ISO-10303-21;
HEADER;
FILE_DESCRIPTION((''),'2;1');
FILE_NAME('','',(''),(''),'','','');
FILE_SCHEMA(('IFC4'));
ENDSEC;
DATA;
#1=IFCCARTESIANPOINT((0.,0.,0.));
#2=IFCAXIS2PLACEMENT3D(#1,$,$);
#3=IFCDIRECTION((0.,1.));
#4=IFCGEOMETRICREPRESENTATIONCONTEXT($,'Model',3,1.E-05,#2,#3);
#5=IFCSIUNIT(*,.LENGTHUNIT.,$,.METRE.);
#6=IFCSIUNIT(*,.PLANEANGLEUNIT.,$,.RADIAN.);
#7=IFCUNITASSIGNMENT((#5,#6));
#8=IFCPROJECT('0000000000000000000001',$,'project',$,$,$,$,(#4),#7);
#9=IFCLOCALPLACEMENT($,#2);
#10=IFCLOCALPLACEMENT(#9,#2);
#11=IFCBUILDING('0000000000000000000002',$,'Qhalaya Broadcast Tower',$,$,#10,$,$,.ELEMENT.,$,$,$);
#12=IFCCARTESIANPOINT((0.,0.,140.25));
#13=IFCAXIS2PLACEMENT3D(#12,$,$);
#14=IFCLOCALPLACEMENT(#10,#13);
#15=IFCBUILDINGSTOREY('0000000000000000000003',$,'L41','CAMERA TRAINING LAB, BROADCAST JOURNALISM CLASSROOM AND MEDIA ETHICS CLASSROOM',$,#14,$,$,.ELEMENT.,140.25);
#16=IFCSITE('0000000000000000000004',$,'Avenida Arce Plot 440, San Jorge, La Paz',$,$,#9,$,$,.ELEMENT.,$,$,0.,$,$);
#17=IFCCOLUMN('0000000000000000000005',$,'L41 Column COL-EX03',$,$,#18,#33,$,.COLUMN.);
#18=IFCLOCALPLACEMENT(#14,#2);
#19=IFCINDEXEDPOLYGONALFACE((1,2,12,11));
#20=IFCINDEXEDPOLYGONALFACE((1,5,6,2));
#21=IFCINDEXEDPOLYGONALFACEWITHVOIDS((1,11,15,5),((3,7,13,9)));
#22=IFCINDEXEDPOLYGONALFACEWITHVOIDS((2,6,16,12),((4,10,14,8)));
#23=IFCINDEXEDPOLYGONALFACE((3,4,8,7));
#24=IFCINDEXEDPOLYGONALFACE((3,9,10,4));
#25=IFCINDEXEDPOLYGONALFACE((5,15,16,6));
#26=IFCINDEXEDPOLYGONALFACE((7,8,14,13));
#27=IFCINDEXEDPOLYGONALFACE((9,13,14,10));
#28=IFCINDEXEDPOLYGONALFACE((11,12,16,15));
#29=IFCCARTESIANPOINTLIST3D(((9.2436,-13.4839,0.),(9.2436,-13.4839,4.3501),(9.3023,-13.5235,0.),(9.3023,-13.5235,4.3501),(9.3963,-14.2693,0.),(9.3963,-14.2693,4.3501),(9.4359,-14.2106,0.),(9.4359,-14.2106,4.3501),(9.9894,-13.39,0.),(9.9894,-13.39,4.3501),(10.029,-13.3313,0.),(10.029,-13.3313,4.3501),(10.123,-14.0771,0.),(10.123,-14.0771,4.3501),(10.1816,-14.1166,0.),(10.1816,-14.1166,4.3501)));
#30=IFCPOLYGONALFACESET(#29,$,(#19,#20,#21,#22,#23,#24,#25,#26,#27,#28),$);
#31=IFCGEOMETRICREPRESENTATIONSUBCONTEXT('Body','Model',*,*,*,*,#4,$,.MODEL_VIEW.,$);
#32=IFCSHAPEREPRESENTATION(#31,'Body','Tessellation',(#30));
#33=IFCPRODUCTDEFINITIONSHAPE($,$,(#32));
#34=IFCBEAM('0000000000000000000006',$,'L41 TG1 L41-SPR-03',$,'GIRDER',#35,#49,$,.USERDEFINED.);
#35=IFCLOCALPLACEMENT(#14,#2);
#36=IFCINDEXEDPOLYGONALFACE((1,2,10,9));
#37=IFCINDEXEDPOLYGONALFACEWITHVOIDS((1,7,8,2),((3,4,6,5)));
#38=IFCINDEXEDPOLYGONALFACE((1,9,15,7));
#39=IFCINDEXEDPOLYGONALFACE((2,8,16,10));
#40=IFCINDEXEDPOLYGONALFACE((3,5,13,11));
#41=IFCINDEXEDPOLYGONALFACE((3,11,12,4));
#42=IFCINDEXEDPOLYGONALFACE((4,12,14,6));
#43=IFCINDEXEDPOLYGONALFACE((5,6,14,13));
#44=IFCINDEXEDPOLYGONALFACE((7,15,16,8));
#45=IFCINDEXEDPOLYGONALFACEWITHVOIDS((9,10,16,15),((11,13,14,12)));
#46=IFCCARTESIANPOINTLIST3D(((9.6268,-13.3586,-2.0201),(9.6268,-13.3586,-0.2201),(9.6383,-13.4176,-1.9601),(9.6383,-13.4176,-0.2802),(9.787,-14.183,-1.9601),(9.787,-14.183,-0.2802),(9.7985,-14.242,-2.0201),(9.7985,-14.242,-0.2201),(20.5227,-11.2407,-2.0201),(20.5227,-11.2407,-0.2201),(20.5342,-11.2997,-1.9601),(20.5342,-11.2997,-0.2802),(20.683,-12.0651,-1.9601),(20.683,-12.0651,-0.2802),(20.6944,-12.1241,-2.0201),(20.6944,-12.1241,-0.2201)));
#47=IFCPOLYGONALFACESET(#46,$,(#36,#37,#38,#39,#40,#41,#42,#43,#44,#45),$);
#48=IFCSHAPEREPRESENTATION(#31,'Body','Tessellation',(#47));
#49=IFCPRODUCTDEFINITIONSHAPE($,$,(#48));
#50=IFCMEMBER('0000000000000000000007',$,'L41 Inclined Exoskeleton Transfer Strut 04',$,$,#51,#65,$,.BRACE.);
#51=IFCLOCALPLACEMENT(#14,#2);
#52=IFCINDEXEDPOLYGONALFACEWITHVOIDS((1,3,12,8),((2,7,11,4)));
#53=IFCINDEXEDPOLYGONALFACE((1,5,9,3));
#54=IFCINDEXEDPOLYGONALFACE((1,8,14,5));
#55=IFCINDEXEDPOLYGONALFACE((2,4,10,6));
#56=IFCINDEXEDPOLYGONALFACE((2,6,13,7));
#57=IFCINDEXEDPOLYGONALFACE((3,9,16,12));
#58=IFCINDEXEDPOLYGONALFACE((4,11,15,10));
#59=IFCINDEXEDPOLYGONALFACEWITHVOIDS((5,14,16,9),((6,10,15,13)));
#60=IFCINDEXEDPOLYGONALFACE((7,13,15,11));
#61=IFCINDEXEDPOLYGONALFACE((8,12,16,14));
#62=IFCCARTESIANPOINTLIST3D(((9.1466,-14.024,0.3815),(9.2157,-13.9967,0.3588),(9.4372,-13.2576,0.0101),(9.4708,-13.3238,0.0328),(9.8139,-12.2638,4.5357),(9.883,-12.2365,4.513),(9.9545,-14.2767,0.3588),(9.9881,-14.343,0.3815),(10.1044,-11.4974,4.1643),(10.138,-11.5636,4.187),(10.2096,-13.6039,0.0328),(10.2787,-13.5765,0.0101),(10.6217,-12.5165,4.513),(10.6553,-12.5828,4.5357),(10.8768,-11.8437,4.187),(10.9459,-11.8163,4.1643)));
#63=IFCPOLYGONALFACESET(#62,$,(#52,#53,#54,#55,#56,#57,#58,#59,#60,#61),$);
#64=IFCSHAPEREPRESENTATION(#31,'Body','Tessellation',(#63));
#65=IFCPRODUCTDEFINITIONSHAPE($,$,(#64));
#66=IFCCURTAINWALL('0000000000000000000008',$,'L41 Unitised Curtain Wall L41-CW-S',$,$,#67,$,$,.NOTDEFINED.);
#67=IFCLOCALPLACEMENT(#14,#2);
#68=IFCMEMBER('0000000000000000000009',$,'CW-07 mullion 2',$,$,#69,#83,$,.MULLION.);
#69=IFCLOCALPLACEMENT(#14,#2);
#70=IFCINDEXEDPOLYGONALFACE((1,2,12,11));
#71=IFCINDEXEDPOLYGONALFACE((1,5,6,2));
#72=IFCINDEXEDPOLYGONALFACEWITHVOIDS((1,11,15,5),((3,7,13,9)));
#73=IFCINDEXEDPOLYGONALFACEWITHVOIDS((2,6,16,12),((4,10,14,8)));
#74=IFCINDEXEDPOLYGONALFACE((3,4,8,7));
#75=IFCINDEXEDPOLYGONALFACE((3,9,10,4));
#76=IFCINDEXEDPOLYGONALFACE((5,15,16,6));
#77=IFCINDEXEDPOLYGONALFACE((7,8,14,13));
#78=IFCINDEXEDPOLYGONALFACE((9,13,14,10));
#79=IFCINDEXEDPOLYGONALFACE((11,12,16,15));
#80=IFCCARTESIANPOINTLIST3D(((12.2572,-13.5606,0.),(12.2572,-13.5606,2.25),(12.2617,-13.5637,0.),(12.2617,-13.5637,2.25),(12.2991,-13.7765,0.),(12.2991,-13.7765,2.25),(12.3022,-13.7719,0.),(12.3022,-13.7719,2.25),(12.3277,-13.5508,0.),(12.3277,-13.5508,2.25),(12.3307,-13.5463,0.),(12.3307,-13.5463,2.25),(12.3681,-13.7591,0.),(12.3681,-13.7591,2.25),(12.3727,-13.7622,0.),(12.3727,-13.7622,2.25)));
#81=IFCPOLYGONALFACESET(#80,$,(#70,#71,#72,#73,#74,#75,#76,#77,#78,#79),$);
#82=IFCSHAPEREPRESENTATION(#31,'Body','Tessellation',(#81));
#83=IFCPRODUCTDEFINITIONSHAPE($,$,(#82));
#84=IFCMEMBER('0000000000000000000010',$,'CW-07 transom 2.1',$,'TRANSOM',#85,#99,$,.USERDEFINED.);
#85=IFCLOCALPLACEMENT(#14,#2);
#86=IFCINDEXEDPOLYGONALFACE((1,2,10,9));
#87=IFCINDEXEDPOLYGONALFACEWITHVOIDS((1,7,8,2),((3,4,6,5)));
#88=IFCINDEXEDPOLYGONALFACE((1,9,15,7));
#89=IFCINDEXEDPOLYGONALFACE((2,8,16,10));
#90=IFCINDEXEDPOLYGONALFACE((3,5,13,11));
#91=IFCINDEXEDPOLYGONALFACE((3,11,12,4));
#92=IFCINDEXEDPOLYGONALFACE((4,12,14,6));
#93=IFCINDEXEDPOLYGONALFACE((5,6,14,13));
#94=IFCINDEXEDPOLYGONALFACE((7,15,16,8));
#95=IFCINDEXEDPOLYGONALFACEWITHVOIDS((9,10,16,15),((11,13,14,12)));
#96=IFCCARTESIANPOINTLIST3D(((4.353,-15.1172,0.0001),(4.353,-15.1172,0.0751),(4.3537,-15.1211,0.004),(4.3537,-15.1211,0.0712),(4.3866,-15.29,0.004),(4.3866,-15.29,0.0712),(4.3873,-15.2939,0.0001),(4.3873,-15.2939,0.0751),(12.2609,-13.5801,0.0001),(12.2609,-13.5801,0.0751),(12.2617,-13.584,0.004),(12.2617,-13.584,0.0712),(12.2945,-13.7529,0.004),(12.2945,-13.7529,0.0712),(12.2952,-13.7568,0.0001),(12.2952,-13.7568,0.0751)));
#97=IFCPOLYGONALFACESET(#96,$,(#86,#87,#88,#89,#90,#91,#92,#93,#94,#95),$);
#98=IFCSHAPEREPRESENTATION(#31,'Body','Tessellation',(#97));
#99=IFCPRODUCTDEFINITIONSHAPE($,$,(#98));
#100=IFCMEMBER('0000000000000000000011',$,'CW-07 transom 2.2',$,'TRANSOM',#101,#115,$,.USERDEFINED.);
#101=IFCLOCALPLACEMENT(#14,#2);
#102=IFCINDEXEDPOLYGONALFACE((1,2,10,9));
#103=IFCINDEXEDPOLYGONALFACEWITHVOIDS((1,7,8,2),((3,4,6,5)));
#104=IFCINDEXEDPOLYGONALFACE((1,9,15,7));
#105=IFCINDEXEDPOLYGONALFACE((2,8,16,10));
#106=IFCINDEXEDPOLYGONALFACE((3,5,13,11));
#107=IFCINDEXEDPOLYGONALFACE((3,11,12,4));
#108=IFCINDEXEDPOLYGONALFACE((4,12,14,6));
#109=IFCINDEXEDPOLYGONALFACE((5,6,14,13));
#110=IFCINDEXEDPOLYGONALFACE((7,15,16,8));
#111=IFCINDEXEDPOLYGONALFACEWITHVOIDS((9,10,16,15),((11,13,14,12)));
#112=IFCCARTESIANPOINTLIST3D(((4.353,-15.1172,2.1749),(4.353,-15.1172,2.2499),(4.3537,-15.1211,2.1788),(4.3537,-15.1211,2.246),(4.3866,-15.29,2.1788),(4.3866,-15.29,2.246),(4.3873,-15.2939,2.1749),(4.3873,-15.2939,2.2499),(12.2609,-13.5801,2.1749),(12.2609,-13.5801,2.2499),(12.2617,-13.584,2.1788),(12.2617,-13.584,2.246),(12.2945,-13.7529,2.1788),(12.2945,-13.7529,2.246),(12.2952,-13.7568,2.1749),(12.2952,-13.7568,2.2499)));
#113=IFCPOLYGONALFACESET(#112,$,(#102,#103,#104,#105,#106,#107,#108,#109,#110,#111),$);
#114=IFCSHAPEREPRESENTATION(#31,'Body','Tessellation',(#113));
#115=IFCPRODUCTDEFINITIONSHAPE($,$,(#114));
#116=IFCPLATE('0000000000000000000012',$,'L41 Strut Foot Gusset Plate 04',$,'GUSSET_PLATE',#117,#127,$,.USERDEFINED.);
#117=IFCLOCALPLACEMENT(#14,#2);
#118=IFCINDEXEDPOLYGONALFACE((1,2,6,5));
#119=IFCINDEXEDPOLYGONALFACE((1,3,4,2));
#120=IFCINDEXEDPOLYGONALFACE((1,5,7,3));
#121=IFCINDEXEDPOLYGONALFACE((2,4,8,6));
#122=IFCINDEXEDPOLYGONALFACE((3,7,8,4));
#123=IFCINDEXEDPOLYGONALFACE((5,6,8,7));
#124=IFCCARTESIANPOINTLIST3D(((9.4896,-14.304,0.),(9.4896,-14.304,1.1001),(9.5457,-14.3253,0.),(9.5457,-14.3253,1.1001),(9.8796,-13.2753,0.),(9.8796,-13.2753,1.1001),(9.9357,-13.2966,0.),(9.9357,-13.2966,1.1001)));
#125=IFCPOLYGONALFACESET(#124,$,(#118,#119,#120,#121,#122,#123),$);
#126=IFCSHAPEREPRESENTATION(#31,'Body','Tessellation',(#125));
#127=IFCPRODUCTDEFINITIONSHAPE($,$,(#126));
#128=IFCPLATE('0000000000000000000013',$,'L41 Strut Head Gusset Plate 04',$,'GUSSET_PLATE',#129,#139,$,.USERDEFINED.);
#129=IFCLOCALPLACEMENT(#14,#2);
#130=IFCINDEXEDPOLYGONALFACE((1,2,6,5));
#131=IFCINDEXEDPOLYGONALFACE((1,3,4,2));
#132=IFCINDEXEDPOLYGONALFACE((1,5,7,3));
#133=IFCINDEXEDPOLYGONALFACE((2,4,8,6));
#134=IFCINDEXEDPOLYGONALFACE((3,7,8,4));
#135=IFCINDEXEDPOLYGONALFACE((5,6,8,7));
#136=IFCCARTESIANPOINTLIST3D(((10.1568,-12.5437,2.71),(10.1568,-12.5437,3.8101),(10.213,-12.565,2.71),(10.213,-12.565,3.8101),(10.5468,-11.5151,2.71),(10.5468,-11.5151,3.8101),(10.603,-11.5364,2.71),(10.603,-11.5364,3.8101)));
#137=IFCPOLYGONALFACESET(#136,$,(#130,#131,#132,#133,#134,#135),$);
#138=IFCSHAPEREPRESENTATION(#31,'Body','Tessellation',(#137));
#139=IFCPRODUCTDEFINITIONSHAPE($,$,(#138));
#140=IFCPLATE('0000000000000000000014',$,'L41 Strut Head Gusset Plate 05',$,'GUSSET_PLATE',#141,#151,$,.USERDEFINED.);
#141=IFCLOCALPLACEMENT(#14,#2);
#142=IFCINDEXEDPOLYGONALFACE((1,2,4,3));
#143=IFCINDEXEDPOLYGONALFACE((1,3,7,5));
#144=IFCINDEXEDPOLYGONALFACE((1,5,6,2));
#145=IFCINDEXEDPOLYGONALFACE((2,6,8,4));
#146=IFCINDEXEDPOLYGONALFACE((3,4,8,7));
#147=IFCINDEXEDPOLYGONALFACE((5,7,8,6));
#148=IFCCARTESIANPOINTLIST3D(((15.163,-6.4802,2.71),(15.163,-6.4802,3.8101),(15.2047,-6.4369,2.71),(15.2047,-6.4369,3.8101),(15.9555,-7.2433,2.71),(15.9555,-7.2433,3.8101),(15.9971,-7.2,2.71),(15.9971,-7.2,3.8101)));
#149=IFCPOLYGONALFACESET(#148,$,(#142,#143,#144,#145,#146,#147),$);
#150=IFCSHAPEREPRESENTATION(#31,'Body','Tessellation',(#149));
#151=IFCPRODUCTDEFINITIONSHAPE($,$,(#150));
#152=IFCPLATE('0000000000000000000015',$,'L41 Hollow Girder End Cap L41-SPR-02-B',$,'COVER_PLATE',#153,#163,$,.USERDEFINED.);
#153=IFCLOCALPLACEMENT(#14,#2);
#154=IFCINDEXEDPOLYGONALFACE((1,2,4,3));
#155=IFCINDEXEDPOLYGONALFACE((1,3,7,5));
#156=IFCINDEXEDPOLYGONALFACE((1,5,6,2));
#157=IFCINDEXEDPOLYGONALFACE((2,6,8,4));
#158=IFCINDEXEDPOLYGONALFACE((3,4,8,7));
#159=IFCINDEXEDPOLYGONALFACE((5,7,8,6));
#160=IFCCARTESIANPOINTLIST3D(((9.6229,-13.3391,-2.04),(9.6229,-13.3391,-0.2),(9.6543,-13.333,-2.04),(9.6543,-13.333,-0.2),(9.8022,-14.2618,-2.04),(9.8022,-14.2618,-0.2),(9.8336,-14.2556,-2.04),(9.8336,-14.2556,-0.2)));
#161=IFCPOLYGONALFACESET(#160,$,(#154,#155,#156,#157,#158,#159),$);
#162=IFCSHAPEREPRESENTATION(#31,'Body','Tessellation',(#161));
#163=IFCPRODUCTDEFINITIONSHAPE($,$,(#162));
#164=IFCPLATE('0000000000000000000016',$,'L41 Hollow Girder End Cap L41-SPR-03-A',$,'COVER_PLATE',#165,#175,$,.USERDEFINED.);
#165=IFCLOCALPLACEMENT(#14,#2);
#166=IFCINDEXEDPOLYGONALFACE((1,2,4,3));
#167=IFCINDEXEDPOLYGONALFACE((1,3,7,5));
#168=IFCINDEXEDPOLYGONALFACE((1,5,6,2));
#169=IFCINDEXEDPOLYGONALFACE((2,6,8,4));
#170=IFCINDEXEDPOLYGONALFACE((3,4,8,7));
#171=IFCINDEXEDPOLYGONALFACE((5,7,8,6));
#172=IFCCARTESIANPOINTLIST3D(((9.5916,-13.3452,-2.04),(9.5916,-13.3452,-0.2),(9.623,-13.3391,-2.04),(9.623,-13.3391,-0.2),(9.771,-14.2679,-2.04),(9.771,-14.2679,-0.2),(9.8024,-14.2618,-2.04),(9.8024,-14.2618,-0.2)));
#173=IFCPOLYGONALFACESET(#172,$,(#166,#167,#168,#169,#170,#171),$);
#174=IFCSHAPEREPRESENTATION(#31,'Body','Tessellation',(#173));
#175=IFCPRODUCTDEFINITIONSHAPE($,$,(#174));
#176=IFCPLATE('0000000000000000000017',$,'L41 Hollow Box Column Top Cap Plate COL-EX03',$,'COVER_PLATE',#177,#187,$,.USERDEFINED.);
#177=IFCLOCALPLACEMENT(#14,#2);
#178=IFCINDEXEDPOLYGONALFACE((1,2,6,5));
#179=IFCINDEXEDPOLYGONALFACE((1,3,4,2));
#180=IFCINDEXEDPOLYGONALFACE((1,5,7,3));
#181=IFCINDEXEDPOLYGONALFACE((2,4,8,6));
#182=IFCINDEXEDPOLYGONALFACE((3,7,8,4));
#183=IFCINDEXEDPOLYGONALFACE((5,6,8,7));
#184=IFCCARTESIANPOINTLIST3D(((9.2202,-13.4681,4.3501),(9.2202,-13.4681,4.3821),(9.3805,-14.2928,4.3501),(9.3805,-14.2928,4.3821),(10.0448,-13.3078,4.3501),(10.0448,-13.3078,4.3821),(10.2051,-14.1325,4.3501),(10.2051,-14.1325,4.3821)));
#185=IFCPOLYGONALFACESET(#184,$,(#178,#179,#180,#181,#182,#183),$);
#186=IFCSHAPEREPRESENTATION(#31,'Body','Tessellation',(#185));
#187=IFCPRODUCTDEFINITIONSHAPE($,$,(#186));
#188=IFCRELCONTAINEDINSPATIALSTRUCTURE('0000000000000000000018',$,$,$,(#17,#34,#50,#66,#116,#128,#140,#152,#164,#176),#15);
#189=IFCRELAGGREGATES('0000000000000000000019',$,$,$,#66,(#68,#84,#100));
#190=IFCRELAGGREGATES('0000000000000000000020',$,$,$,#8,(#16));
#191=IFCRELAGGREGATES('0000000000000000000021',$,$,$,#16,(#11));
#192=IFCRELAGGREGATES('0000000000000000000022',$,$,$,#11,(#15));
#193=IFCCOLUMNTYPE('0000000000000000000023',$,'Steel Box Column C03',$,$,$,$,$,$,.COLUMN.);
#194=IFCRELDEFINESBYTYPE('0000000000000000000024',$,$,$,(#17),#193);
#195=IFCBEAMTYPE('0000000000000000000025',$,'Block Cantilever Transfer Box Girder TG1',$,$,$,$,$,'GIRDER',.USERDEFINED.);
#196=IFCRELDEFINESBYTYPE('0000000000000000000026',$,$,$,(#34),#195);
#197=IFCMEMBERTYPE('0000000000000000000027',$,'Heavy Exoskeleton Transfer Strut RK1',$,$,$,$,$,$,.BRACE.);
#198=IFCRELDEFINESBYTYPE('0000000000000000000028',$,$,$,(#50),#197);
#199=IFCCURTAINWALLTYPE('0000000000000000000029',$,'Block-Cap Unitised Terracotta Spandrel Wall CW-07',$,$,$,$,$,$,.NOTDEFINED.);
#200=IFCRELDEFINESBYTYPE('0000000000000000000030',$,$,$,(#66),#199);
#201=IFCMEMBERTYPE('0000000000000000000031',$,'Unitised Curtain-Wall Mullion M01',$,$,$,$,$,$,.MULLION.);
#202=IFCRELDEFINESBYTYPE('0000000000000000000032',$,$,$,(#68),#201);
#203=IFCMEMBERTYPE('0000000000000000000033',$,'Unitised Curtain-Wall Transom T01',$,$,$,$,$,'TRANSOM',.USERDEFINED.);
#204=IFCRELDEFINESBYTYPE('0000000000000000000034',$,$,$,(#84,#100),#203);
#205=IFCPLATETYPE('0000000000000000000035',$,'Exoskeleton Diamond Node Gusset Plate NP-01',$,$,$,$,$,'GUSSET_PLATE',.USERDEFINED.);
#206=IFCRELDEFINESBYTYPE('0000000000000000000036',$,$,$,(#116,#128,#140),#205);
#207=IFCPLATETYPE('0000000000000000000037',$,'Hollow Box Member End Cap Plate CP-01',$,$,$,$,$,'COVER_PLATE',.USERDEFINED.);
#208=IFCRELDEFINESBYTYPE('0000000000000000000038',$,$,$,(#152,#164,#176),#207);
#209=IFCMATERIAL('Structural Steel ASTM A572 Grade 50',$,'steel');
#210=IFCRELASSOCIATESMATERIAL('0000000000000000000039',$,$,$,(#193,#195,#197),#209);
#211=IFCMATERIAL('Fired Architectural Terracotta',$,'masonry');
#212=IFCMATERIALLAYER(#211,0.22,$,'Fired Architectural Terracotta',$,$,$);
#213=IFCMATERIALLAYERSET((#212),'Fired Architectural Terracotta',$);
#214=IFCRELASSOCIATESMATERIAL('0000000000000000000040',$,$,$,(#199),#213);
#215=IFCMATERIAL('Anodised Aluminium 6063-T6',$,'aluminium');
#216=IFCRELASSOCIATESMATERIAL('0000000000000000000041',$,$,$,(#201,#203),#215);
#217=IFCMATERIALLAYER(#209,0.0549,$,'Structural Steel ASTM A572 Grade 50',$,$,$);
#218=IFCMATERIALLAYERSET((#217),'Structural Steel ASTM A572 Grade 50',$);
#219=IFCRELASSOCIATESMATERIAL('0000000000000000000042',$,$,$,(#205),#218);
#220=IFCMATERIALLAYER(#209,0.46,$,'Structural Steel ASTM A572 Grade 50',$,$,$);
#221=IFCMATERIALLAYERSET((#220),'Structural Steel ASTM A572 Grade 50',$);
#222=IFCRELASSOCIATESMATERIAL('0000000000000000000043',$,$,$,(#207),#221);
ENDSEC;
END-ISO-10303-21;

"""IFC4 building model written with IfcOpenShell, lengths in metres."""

from ifc_helpers import new_model, si_unit, direction, frame, origin, origin_2d, place, context, subcontext, project, spatial, rectangle, hollow_rectangle, extrude, material, layer, layer_set, material_profile, profile_set, type_object, element, aggregate, save


model = new_model("IFC4")

# Units and contexts
model_context = context("Model", 3, precision=1e-05, world=origin(), true_north=direction((0.0, 1.0)))
body_context = subcontext(model_context, "Body", "Model", "MODEL_VIEW")
ifc_project = project(units=[si_unit("LENGTHUNIT", "METRE"), si_unit("PLANEANGLEUNIT", "RADIAN")], contexts=[model_context])

# Site, building, storey
site_placement = place(None, origin())
site = spatial("IfcSite", under=ifc_project, at=site_placement, Name="Avenida Arce Plot 440, San Jorge, La Paz", CompositionType="ELEMENT", RefElevation=0.0)
building_placement = place(site_placement, origin())
building = spatial("IfcBuilding", under=site, at=building_placement, Name="Qhalaya Broadcast Tower", CompositionType="ELEMENT")
storey_placement = place(building_placement, frame((0.0, 0.0, 140.25)))
storey = spatial("IfcBuildingStorey", under=building, at=storey_placement, Name="L41", Description="CAMERA TRAINING LAB, BROADCAST JOURNALISM CLASSROOM AND MEDIA ETHICS CLASSROOM", CompositionType="ELEMENT", Elevation=140.25)

# Column
ifc_material_1 = material(Name="Structural Steel ASTM A572 Grade 50", Category="steel")
ifc_material_profile_1 = material_profile(ifc_material_1, hollow_rectangle(XDim=0.8, YDim=0.8, WallThickness=0.05, at=origin_2d()), Name="BOX 800x800x50")
ifc_profile_set_1 = profile_set([ifc_material_profile_1], Name="Structural Steel ASTM A572 Grade 50")
column_type = type_object("IfcColumnType", Name="Steel Box Column C03", PredefinedType="COLUMN", material=ifc_profile_set_1)
column_placement = place(storey_placement, frame((9.7126, -13.8003, 0.0), z_axis=(0.0, 0.0, 1.0), x_axis=(0.981627, 0.190809, 0.0)))
element("IfcColumn", 1, at=column_placement, inside=storey, type_object=column_type, Name="L41 Column COL-EX03", PredefinedType="COLUMN", context=body_context, shape_type="SweptSolid", body=[
    extrude(hollow_rectangle(XDim=0.8, YDim=0.8, WallThickness=0.05, at=origin_2d()), origin(), (0.0, 0.0, 1.0), 4.3501),
])

# Beam
ifc_material_profile_2 = material_profile(ifc_material_1, hollow_rectangle(XDim=0.8999, YDim=1.8, WallThickness=0.0601, at=origin_2d()), Name="BOX 900x1800x60")
ifc_profile_set_2 = profile_set([ifc_material_profile_2], Name="Structural Steel ASTM A572 Grade 50")
beam_type = type_object("IfcBeamType", Name="Block Cantilever Transfer Box Girder TG1", ElementType="GIRDER", PredefinedType="USERDEFINED", material=ifc_profile_set_2)
beam_placement = place(storey_placement, frame((9.7126, -13.8003, -1.1201), z_axis=(0.981628, 0.190805, 0.0), x_axis=(-0.190805, 0.981628, 0.0)))
element("IfcBeam", 2, at=beam_placement, inside=storey, type_object=beam_type, Name="L41 TG1 L41-SPR-03", ObjectType="GIRDER", PredefinedType="USERDEFINED", context=body_context, shape_type="SweptSolid", body=[
    extrude(hollow_rectangle(XDim=0.8999, YDim=1.8, WallThickness=0.0601, at=origin_2d()), origin(), (0.0, 0.0, 1.0), 11.0999),
])

# Member
ifc_material_profile_3 = material_profile(ifc_material_1, hollow_rectangle(XDim=0.8999, YDim=0.8999, WallThickness=0.0549, at=origin_2d()), Name="BOX 900x900x55")
ifc_profile_set_3 = profile_set([ifc_material_profile_3], Name="Structural Steel ASTM A572 Grade 50")
member_type_1 = type_object("IfcMemberType", Name="Heavy Exoskeleton Transfer Strut RK1", PredefinedType="BRACE", material=ifc_profile_set_3)
member_1_placement = place(storey_placement, frame((9.7126, -13.8003, 0.1958), z_axis=(0.146295, 0.385944, 0.910849), x_axis=(-0.935076, 0.354447, 0.0)))
element("IfcMember", 3, at=member_1_placement, inside=storey, type_object=member_type_1, Name="L41 Inclined Exoskeleton Transfer Strut 04", PredefinedType="BRACE", context=body_context, shape_type="SweptSolid", body=[
    extrude(hollow_rectangle(XDim=0.8999, YDim=0.8999, WallThickness=0.0549, at=origin_2d()), origin(), (0.0, 0.0, 1.0), 4.5608),
])

# Curtain wall, members
ifc_material_2 = material(Name="Fired Architectural Terracotta", Category="masonry")
ifc_layer_1 = layer(ifc_material_2, 0.22, Name="Fired Architectural Terracotta")
ifc_layer_set_1 = layer_set([ifc_layer_1], Name="Fired Architectural Terracotta")
curtain_wall_type = type_object("IfcCurtainWallType", Name="Block-Cap Unitised Terracotta Spandrel Wall CW-07", PredefinedType="NOTDEFINED", material=ifc_layer_set_1)
curtain_wall_placement = place(storey_placement, origin())
curtain_wall = element("IfcCurtainWall", 4, at=curtain_wall_placement, inside=storey, type_object=curtain_wall_type, Name="L41 Unitised Curtain Wall L41-CW-S", PredefinedType="NOTDEFINED")
ifc_material_3 = material(Name="Anodised Aluminium 6063-T6", Category="aluminium")
ifc_material_profile_4 = material_profile(ifc_material_3, hollow_rectangle(XDim=0.075, YDim=0.22, WallThickness=0.0039, at=origin_2d()), Name="ALU-MUL 75x220x4")
ifc_profile_set_4 = profile_set([ifc_material_profile_4], Name="Anodised Aluminium 6063-T6")
member_type_2 = type_object("IfcMemberType", Name="Unitised Curtain-Wall Mullion M01", PredefinedType="MULLION", material=ifc_profile_set_4)
member_2_placement = place(storey_placement, frame((12.3149, -13.6614, 0.0), z_axis=(0.0, 0.0, 1.0), x_axis=(-0.981627, -0.19081, 0.0)))
member_2 = element("IfcMember", 5, at=member_2_placement, type_object=member_type_2, Name="CW-07 mullion 2", PredefinedType="MULLION", context=body_context, shape_type="SweptSolid", body=[
    extrude(hollow_rectangle(XDim=0.075, YDim=0.22, WallThickness=0.0039, at=origin_2d()), origin(), (0.0, 0.0, 1.0), 2.25),
])
ifc_material_profile_5 = material_profile(ifc_material_3, hollow_rectangle(XDim=0.075, YDim=0.1799, WallThickness=0.0039, at=origin_2d()), Name="ALU-TRN 75x180x4")
ifc_profile_set_5 = profile_set([ifc_material_profile_5], Name="Anodised Aluminium 6063-T6")
member_type_3 = type_object("IfcMemberType", Name="Unitised Curtain-Wall Transom T01", ElementType="TRANSOM", PredefinedType="USERDEFINED", material=ifc_profile_set_5)
member_3_placement = place(storey_placement, frame((12.2781, -13.6685, 0.0376), z_axis=(-0.981628, -0.190804, 0.0), x_axis=(0.0, 0.0, 1.0)))
member_3 = element("IfcMember", 6, at=member_3_placement, type_object=member_type_3, Name="CW-07 transom 2.1", ObjectType="TRANSOM", PredefinedType="USERDEFINED", context=body_context, shape_type="SweptSolid", body=[
    extrude(hollow_rectangle(XDim=0.075, YDim=0.1799, WallThickness=0.0039, at=origin_2d()), origin(), (0.0, 0.0, 1.0), 8.0559),
])
member_4_placement = place(storey_placement, frame((12.2781, -13.6685, 2.2124), z_axis=(-0.981628, -0.190804, 0.0), x_axis=(0.0, 0.0, 1.0)))
member_4 = element("IfcMember", 7, at=member_4_placement, type_object=member_type_3, Name="CW-07 transom 2.2", ObjectType="TRANSOM", PredefinedType="USERDEFINED", context=body_context, shape_type="SweptSolid", body=[
    extrude(hollow_rectangle(XDim=0.075, YDim=0.1799, WallThickness=0.0039, at=origin_2d()), origin(), (0.0, 0.0, 1.0), 8.0559),
])
aggregate(curtain_wall, [member_2, member_3, member_4])

# Plates
ifc_layer_2 = layer(ifc_material_1, 0.0549, Name="Structural Steel ASTM A572 Grade 50")
ifc_layer_set_2 = layer_set([ifc_layer_2], Name="Structural Steel ASTM A572 Grade 50")
plate_type_1 = type_object("IfcPlateType", Name="Exoskeleton Diamond Node Gusset Plate NP-01", ElementType="GUSSET_PLATE", PredefinedType="USERDEFINED", material=ifc_layer_set_2)
for number, where, z_axis, x_axis, name in (
    (8, (9.7126, -13.8003, 0.0), (0.0, 0.0, 1.0), (0.354503, 0.935055, 0.0), "L41 Strut Foot Gusset Plate 04"),
    (9, (10.3799, -12.04, 2.71), (0.0, 0.0, 1.0), (0.354503, 0.935055, 0.0), "L41 Strut Head Gusset Plate 04"),
    (10, (15.5801, -6.8401, 2.71), (0.0, 0.0, 1.0), (-0.720321, 0.693641, 0.0), "L41 Strut Head Gusset Plate 05"),
):
    element("IfcPlate", number, at=place(storey_placement, frame(where, z_axis=z_axis, x_axis=x_axis)), inside=storey, type_object=plate_type_1, Name=name, ObjectType="GUSSET_PLATE", PredefinedType="USERDEFINED", context=body_context, shape_type="SweptSolid", body=[
        extrude(rectangle(XDim=1.1001, YDim=0.0601, at=origin_2d()), origin(), (0.0, 0.0, 1.0), 1.1001),
    ])
ifc_layer_3 = layer(ifc_material_1, 0.46, Name="Structural Steel ASTM A572 Grade 50")
ifc_layer_set_3 = layer_set([ifc_layer_3], Name="Structural Steel ASTM A572 Grade 50")
plate_type_2 = type_object("IfcPlateType", Name="Hollow Box Member End Cap Plate CP-01", ElementType="COVER_PLATE", PredefinedType="USERDEFINED", material=ifc_layer_set_3)
for number, where, z_axis, x_axis, name in (
    (11, (9.7283, -13.7974, -2.04), (0.0, 0.0, 1.0), (-0.190809, 0.981627, 0.0), "L41 Hollow Girder End Cap L41-SPR-02-B"),
    (12, (9.697, -13.8035, -2.04), (0.0, 0.0, 1.0), (-0.190809, 0.981627, 0.0), "L41 Hollow Girder End Cap L41-SPR-03-A"),
):
    element("IfcPlate", number, at=place(storey_placement, frame(where, z_axis=z_axis, x_axis=x_axis)), inside=storey, type_object=plate_type_2, Name=name, ObjectType="COVER_PLATE", PredefinedType="USERDEFINED", context=body_context, shape_type="SweptSolid", body=[
        extrude(rectangle(XDim=0.9399, YDim=0.032, at=origin_2d()), origin(), (0.0, 0.0, 1.0), 1.8401),
    ])
plate_placement = place(storey_placement, frame((9.7126, -13.8003, 4.3501), z_axis=(0.0, 0.0, 1.0), x_axis=(0.981627, 0.190809, 0.0)))
element("IfcPlate", 13, at=plate_placement, inside=storey, type_object=plate_type_2, Name="L41 Hollow Box Column Top Cap Plate COL-EX03", ObjectType="COVER_PLATE", PredefinedType="USERDEFINED", context=body_context, shape_type="SweptSolid", body=[
    extrude(rectangle(XDim=0.8401, YDim=0.8401, at=origin_2d()), origin(), (0.0, 0.0, 1.0), 0.032),
])

save(model, "model.ifc")
